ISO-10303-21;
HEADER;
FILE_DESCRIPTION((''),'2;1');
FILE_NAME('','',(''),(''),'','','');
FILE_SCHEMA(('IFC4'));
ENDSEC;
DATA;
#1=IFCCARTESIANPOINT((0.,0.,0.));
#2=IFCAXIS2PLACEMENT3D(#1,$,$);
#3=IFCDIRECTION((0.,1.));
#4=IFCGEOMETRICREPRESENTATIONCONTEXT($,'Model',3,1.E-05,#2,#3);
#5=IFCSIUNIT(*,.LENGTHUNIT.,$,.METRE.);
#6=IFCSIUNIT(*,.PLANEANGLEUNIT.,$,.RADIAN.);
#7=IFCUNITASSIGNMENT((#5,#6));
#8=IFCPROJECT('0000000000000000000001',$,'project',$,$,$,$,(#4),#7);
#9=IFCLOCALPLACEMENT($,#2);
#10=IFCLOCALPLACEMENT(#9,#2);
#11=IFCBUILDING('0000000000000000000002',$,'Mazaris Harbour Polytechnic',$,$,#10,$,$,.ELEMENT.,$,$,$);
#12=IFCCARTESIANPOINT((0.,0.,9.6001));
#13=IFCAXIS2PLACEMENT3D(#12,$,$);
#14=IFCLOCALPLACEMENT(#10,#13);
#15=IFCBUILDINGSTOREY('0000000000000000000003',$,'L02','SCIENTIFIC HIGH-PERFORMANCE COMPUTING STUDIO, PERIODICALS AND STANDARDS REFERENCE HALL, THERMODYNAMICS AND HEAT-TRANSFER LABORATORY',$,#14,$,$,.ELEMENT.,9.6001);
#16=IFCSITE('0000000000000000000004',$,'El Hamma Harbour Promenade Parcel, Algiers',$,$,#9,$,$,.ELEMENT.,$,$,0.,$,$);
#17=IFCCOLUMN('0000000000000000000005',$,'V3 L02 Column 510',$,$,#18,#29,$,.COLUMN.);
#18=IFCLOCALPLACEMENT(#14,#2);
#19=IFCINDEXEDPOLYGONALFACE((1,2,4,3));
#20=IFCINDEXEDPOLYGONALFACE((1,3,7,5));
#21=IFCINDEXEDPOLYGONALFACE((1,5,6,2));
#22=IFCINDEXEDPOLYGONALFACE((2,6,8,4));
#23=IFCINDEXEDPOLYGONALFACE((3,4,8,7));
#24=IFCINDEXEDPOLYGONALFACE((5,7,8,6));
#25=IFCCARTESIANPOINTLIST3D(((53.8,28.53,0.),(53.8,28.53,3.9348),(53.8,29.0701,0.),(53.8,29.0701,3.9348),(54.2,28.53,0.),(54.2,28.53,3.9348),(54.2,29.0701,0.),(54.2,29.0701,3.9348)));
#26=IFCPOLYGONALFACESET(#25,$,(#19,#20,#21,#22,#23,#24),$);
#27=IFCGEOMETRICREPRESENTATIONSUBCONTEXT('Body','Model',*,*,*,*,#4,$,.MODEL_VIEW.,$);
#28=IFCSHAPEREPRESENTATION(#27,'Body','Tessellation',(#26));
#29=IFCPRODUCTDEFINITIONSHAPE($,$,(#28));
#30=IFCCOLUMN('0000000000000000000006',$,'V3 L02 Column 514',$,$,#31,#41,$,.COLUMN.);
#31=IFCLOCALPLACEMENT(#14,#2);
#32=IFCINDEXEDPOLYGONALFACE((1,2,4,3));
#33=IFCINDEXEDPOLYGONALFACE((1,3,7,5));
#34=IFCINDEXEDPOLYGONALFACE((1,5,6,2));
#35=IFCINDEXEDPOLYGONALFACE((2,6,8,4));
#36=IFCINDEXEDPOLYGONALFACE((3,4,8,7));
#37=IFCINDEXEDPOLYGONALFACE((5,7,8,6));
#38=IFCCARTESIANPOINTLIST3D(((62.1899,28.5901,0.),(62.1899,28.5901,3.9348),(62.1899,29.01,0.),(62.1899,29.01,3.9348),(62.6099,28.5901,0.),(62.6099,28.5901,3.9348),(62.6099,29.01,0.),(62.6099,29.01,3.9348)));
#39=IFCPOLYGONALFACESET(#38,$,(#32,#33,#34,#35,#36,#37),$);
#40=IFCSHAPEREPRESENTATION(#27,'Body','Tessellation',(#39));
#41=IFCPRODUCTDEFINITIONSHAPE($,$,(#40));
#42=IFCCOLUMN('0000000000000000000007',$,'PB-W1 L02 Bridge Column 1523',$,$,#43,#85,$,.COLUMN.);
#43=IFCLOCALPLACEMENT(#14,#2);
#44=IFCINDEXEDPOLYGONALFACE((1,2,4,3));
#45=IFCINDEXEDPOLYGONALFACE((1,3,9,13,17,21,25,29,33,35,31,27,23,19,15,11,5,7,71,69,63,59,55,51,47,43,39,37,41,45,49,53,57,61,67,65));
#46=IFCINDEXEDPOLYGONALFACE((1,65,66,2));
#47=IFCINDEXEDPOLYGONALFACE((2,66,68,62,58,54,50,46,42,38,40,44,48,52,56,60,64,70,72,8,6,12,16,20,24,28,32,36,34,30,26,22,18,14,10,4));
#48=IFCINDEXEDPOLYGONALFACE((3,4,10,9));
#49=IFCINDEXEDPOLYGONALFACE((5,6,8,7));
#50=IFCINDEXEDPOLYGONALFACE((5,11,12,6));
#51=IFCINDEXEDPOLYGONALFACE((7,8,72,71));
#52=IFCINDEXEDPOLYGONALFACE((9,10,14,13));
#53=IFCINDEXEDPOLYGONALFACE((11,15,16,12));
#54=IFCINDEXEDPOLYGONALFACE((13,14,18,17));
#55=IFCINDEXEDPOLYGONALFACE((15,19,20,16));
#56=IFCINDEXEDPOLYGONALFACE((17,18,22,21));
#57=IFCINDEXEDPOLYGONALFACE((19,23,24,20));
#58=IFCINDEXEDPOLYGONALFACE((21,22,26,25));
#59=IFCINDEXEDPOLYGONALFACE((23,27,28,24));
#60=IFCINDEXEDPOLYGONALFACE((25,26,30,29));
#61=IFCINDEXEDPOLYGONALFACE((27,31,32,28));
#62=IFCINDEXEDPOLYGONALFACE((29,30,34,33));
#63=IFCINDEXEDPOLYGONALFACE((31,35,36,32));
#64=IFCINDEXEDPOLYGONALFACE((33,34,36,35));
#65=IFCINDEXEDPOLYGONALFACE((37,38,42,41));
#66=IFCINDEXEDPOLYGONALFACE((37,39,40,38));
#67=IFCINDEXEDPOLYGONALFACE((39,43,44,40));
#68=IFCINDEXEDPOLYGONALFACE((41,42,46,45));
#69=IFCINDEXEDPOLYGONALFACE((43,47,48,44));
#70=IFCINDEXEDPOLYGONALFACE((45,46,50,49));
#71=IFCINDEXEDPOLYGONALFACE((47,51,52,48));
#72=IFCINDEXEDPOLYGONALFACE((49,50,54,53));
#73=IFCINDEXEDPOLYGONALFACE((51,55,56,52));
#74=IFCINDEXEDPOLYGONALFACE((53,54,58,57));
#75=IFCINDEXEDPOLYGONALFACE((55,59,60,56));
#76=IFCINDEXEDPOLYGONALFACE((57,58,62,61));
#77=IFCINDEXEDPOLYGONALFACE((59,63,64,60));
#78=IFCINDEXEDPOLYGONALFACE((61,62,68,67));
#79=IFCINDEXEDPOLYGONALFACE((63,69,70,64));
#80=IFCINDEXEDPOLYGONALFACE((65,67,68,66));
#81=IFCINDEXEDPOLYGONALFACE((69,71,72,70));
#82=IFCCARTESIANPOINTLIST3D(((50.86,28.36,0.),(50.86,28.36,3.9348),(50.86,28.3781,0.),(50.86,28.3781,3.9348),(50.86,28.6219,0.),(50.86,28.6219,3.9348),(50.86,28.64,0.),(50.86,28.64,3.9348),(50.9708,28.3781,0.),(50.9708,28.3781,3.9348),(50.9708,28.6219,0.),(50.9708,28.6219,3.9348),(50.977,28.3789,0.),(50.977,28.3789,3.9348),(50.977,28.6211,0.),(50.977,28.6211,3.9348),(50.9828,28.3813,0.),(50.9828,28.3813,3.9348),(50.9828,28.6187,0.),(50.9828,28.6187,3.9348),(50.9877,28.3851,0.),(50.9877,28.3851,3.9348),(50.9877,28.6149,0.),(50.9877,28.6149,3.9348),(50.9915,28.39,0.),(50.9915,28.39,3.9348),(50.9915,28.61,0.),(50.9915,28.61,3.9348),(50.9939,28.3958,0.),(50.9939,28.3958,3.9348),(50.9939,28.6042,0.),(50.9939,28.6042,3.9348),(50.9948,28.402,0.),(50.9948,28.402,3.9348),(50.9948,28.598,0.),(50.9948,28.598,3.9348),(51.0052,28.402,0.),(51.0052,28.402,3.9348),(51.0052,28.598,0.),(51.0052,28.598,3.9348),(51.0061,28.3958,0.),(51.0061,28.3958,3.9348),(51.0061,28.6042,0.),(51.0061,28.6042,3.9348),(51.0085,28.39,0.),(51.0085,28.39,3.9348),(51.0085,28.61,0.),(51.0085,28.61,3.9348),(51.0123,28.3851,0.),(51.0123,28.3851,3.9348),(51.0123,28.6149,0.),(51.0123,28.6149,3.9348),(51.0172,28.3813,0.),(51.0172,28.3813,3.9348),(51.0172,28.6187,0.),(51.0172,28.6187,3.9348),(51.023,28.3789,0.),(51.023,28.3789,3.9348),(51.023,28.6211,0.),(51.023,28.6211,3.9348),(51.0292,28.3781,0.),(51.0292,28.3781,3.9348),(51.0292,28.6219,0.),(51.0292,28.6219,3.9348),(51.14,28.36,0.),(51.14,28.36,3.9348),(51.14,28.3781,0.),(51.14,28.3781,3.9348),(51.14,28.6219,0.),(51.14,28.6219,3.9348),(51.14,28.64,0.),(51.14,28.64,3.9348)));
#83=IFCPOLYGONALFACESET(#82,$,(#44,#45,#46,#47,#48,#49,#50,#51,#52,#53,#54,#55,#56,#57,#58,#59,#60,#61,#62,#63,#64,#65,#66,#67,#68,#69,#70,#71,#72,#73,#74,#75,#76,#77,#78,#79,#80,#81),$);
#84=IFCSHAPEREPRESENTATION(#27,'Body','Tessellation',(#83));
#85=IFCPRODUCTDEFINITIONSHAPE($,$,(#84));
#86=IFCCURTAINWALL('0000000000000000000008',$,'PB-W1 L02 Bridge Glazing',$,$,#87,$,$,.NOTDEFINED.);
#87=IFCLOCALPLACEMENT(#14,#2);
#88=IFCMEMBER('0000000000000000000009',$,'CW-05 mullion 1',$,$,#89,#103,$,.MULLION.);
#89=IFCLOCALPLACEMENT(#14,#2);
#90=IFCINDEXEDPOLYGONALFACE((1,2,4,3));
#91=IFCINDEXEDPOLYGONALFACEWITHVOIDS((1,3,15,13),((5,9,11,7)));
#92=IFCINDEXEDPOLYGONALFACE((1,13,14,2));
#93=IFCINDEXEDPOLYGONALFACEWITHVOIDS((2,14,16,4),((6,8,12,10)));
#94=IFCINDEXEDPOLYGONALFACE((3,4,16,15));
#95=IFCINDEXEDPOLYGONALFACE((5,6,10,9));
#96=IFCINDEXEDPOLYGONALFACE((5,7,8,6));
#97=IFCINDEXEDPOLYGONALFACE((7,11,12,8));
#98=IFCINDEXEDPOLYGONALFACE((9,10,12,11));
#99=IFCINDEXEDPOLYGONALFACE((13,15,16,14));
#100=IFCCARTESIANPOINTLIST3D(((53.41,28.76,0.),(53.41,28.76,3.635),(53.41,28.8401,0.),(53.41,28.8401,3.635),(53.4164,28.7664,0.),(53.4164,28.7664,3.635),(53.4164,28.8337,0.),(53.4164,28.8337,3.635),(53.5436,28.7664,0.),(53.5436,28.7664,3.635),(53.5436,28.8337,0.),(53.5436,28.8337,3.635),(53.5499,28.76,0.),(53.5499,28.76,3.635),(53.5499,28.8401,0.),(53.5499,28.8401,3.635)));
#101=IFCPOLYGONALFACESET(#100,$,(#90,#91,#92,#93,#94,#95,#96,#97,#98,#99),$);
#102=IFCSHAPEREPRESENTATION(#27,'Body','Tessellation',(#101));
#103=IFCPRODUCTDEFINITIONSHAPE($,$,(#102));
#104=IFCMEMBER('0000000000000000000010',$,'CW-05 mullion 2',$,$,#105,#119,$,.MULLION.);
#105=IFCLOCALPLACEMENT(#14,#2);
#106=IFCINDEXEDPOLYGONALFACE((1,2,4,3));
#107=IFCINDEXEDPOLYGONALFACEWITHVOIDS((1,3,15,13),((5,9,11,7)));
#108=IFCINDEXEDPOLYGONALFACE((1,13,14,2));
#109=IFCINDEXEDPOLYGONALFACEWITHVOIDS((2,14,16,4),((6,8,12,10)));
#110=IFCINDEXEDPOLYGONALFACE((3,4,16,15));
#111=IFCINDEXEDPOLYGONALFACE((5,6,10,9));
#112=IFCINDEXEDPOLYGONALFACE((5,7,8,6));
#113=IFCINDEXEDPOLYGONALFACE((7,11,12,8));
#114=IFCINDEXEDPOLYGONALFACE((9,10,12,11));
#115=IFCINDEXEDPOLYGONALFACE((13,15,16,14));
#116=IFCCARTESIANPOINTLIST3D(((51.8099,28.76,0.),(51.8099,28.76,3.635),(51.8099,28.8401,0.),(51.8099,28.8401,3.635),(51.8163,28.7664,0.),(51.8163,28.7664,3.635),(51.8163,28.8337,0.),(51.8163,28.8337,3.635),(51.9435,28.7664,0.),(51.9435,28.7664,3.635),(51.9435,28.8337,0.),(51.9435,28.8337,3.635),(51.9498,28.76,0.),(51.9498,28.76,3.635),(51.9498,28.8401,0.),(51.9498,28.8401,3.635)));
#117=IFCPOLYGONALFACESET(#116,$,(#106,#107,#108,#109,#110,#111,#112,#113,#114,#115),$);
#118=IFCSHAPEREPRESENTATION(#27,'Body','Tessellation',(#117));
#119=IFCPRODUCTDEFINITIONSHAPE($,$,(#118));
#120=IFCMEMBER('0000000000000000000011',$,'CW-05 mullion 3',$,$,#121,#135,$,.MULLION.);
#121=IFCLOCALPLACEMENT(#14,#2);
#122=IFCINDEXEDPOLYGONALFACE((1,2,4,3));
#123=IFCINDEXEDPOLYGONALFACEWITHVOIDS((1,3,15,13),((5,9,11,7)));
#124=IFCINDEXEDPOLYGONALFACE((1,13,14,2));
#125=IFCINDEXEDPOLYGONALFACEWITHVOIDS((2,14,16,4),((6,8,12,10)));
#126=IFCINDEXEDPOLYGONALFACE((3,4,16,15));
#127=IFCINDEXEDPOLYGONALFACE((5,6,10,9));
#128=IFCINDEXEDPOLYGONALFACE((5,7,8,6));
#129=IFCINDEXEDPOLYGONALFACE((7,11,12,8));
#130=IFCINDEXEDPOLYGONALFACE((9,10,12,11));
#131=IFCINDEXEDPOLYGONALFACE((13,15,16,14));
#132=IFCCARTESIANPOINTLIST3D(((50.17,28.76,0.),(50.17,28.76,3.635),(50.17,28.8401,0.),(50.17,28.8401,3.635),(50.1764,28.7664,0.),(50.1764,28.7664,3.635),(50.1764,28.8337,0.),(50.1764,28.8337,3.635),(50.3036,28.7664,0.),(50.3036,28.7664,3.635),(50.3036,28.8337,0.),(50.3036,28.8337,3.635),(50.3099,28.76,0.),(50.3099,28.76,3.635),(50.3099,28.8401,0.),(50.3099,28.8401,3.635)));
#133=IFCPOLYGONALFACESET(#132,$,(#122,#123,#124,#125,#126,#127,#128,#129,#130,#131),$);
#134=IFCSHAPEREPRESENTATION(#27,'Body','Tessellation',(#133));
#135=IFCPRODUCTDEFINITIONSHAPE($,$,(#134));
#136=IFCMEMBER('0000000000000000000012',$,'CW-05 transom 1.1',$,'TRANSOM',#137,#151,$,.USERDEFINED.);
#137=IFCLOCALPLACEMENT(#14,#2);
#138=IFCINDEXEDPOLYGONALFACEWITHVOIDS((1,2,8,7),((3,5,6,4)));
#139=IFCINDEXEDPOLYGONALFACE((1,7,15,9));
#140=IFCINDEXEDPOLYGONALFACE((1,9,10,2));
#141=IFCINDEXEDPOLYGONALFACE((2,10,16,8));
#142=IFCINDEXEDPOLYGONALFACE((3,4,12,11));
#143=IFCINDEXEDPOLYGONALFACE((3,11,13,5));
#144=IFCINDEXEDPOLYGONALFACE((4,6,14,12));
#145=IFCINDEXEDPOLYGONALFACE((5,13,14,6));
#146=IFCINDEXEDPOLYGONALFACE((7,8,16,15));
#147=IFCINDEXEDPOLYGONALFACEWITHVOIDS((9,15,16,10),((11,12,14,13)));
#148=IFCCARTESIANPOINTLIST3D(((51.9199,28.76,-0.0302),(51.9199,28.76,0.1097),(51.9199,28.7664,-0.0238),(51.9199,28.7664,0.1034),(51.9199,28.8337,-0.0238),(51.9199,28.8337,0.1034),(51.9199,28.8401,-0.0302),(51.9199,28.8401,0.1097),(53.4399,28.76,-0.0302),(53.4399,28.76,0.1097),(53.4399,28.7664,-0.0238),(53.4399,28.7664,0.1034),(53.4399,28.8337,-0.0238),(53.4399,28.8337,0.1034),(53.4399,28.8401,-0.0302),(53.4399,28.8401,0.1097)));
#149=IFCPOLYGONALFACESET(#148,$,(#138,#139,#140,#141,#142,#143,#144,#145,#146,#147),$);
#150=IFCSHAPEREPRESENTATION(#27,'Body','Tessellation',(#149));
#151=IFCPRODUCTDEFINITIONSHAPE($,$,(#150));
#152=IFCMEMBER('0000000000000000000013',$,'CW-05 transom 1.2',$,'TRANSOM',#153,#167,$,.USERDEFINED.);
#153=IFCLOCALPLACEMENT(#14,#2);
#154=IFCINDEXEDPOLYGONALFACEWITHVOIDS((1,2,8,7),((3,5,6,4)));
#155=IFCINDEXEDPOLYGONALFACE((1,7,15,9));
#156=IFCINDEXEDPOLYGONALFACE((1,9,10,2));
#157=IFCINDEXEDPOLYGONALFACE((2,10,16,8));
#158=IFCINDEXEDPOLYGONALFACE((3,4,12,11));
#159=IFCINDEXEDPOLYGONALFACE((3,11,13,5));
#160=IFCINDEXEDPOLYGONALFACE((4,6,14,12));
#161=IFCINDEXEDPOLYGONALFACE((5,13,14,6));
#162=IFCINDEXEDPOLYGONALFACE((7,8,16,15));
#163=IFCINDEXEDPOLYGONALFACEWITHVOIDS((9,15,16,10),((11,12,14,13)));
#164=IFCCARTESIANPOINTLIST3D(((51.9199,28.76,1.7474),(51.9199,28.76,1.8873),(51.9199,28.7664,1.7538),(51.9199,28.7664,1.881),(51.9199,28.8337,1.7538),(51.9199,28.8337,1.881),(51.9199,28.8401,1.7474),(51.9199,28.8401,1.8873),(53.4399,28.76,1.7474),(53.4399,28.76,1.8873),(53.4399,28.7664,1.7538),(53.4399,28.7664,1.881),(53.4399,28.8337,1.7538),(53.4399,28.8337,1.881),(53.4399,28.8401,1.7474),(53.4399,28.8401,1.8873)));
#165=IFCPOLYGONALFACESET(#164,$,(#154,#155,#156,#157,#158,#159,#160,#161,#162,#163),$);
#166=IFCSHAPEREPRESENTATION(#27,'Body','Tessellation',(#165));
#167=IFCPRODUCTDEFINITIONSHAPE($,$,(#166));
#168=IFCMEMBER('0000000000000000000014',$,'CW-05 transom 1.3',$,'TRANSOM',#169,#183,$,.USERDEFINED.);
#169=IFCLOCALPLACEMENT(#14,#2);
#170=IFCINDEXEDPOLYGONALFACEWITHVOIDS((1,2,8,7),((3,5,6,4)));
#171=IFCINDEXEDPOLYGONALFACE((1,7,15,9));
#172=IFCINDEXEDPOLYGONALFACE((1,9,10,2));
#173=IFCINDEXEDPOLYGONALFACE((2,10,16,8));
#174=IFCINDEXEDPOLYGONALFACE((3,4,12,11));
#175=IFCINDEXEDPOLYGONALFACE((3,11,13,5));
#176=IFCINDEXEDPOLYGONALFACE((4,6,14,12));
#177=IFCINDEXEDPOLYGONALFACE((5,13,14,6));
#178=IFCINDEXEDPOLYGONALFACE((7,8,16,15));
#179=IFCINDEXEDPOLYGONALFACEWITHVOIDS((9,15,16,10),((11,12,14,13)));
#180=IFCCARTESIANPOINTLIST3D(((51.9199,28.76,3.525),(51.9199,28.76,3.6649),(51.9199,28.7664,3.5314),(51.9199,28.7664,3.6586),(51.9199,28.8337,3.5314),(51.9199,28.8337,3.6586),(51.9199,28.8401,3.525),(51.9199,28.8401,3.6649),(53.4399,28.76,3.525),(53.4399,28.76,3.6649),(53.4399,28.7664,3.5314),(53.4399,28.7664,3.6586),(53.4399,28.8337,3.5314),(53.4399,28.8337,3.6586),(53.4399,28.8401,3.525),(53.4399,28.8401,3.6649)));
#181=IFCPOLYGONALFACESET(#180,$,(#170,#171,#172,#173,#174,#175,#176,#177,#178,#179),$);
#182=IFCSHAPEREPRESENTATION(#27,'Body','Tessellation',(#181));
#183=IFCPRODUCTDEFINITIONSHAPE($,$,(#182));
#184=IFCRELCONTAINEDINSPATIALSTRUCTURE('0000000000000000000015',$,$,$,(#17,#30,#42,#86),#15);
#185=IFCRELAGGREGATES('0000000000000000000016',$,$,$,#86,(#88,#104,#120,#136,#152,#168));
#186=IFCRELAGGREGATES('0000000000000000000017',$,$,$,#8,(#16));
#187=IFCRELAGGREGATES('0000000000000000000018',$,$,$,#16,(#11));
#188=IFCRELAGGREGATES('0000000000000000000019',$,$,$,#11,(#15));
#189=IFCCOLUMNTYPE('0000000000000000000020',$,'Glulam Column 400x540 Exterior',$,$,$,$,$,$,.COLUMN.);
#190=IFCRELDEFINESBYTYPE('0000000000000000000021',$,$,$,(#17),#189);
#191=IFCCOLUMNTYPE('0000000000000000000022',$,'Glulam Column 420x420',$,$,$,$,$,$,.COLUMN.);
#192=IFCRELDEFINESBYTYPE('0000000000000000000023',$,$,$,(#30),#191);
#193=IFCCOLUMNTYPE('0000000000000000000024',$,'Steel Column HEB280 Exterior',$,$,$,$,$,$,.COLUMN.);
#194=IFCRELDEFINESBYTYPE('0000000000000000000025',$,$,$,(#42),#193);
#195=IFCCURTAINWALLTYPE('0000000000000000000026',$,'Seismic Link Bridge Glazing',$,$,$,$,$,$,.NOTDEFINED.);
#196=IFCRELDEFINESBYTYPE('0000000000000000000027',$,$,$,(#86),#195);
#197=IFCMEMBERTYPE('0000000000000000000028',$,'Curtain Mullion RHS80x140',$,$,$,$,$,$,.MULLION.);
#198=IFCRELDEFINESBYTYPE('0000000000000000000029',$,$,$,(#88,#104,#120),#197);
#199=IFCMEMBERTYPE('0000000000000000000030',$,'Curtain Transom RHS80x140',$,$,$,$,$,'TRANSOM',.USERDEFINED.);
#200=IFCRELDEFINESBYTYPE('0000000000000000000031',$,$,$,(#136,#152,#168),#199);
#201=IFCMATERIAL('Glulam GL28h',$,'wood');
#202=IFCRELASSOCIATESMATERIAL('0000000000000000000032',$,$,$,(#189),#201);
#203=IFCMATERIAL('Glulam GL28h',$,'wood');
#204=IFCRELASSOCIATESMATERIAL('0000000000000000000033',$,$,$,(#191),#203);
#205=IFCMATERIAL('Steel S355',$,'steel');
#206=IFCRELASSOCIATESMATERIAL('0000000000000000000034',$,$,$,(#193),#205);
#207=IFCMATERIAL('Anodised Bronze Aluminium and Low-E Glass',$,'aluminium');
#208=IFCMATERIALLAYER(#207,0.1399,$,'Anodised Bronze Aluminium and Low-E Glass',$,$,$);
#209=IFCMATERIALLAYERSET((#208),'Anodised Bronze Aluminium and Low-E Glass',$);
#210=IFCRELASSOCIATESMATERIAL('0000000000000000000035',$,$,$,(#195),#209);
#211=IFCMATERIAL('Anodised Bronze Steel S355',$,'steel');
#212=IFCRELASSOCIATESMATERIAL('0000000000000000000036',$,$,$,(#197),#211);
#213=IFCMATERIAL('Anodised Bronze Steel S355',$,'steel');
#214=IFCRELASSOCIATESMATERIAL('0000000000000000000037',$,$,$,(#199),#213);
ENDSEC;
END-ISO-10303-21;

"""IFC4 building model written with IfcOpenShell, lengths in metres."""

from ifc_helpers import new_model, si_unit, direction, frame, origin, origin_2d, place, context, subcontext, project, spatial, rectangle, hollow_rectangle, i_section, extrude, material, layer, layer_set, material_profile, profile_set, type_object, element, aggregate, save


model = new_model("IFC4")

# Units and contexts
model_context = context("Model", 3, precision=1e-05, world=origin(), true_north=direction((0.0, 1.0)))
body_context = subcontext(model_context, "Body", "Model", "MODEL_VIEW")
ifc_project = project(units=[si_unit("LENGTHUNIT", "METRE"), si_unit("PLANEANGLEUNIT", "RADIAN")], contexts=[model_context])

# Site, building, storey
site_placement = place(None, origin())
site = spatial("IfcSite", under=ifc_project, at=site_placement, Name="El Hamma Harbour Promenade Parcel, Algiers", CompositionType="ELEMENT", RefElevation=0.0)
building_placement = place(site_placement, origin())
building = spatial("IfcBuilding", under=site, at=building_placement, Name="Mazaris Harbour Polytechnic", CompositionType="ELEMENT")
storey_placement = place(building_placement, frame((0.0, 0.0, 9.6001)))
storey = spatial("IfcBuildingStorey", under=building, at=storey_placement, Name="L02", Description="SCIENTIFIC HIGH-PERFORMANCE COMPUTING STUDIO, PERIODICALS AND STANDARDS REFERENCE HALL, THERMODYNAMICS AND HEAT-TRANSFER LABORATORY", CompositionType="ELEMENT", Elevation=9.6001)

# Columns
ifc_material_1 = material(Name="Glulam GL28h", Category="wood")
ifc_material_profile_1 = material_profile(ifc_material_1, rectangle(XDim=0.3999, YDim=0.54, at=origin_2d()), Name="RECT400x540")
ifc_profile_set_1 = profile_set([ifc_material_profile_1], Name="Glulam GL28h")
column_type_1 = type_object("IfcColumnType", Name="Glulam Column 400x540 Exterior", PredefinedType="COLUMN", material=ifc_profile_set_1)
column_1_placement = place(storey_placement, frame((54.0, 28.8, 0.0), z_axis=(0.0, 0.0, 1.0), x_axis=(1.0, 0.0, 0.0)))
element("IfcColumn", 1, at=column_1_placement, inside=storey, type_object=column_type_1, Name="V3 L02 Column 510", PredefinedType="COLUMN", context=body_context, shape_type="SweptSolid", body=[
    extrude(rectangle(XDim=0.3999, YDim=0.54, at=origin_2d()), origin(), (0.0, 0.0, 1.0), 3.9348),
])
ifc_material_2 = material(Name="Glulam GL28h", Category="wood")
ifc_material_profile_2 = material_profile(ifc_material_2, rectangle(XDim=0.4199, YDim=0.4199, at=origin_2d()), Name="RECT420x420")
ifc_profile_set_2 = profile_set([ifc_material_profile_2], Name="Glulam GL28h")
column_type_2 = type_object("IfcColumnType", Name="Glulam Column 420x420", PredefinedType="COLUMN", material=ifc_profile_set_2)
column_2_placement = place(storey_placement, frame((62.3999, 28.8, 0.0), z_axis=(0.0, 0.0, 1.0), x_axis=(1.0, 0.0, 0.0)))
element("IfcColumn", 2, at=column_2_placement, inside=storey, type_object=column_type_2, Name="V3 L02 Column 514", PredefinedType="COLUMN", context=body_context, shape_type="SweptSolid", body=[
    extrude(rectangle(XDim=0.4199, YDim=0.4199, at=origin_2d()), origin(), (0.0, 0.0, 1.0), 3.9348),
])
ifc_material_3 = material(Name="Steel S355", Category="steel")
ifc_material_profile_3 = material_profile(ifc_material_3, i_section(OverallWidth=0.28, OverallDepth=0.28, WebThickness=0.0105, FlangeThickness=0.0181, FilletRadius=0.0239, at=origin_2d()), Name="HEB 280")
ifc_profile_set_3 = profile_set([ifc_material_profile_3], Name="Steel S355")
column_type_3 = type_object("IfcColumnType", Name="Steel Column HEB280 Exterior", PredefinedType="COLUMN", material=ifc_profile_set_3)
column_3_placement = place(storey_placement, frame((51.0, 28.5, 0.0), z_axis=(0.0, 0.0, 1.0), x_axis=(1.0, 0.0, 0.0)))
element("IfcColumn", 3, at=column_3_placement, inside=storey, type_object=column_type_3, Name="PB-W1 L02 Bridge Column 1523", PredefinedType="COLUMN", context=body_context, shape_type="SweptSolid", body=[
    extrude(i_section(OverallWidth=0.28, OverallDepth=0.28, WebThickness=0.0105, FlangeThickness=0.0181, FilletRadius=0.0239, at=origin_2d()), origin(), (0.0, 0.0, 1.0), 3.9348),
])

# Curtain wall, members
ifc_material_4 = material(Name="Anodised Bronze Aluminium and Low-E Glass", Category="aluminium")
ifc_layer_1 = layer(ifc_material_4, 0.1399, Name="Anodised Bronze Aluminium and Low-E Glass")
ifc_layer_set_1 = layer_set([ifc_layer_1], Name="Anodised Bronze Aluminium and Low-E Glass")
curtain_wall_type = type_object("IfcCurtainWallType", Name="Seismic Link Bridge Glazing", PredefinedType="NOTDEFINED", material=ifc_layer_set_1)
curtain_wall_placement = place(storey_placement, origin())
curtain_wall = element("IfcCurtainWall", 4, at=curtain_wall_placement, inside=storey, type_object=curtain_wall_type, Name="PB-W1 L02 Bridge Glazing", PredefinedType="NOTDEFINED")
ifc_material_5 = material(Name="Anodised Bronze Steel S355", Category="steel")
ifc_material_profile_4 = material_profile(ifc_material_5, hollow_rectangle(XDim=0.0801, YDim=0.1399, WallThickness=0.0063, at=origin_2d()), Name="RHS 80x140x6.3")
ifc_profile_set_4 = profile_set([ifc_material_profile_4], Name="Anodised Bronze Steel S355")
member_type_1 = type_object("IfcMemberType", Name="Curtain Mullion RHS80x140", PredefinedType="MULLION", material=ifc_profile_set_4)
member_1_placement = place(storey_placement, frame((53.48, 28.8, 0.0), z_axis=(0.0, 0.0, 1.0), x_axis=(0.0, -1.0, 0.0)))
member_1 = element("IfcMember", 5, at=member_1_placement, type_object=member_type_1, Name="CW-05 mullion 1", PredefinedType="MULLION", context=body_context, shape_type="SweptSolid", body=[
    extrude(hollow_rectangle(XDim=0.0801, YDim=0.1399, WallThickness=0.0063, at=origin_2d()), origin(), (0.0, 0.0, 1.0), 3.635),
])
member_2_placement = place(storey_placement, frame((51.8799, 28.8, 0.0), z_axis=(0.0, 0.0, 1.0), x_axis=(0.0, -1.0, 0.0)))
member_2 = element("IfcMember", 6, at=member_2_placement, type_object=member_type_1, Name="CW-05 mullion 2", PredefinedType="MULLION", context=body_context, shape_type="SweptSolid", body=[
    extrude(hollow_rectangle(XDim=0.0801, YDim=0.1399, WallThickness=0.0063, at=origin_2d()), origin(), (0.0, 0.0, 1.0), 3.635),
])
member_3_placement = place(storey_placement, frame((50.24, 28.8, 0.0), z_axis=(0.0, 0.0, 1.0), x_axis=(0.0, -1.0, 0.0)))
member_3 = element("IfcMember", 7, at=member_3_placement, type_object=member_type_1, Name="CW-05 mullion 3", PredefinedType="MULLION", context=body_context, shape_type="SweptSolid", body=[
    extrude(hollow_rectangle(XDim=0.0801, YDim=0.1399, WallThickness=0.0063, at=origin_2d()), origin(), (0.0, 0.0, 1.0), 3.635),
])
ifc_material_6 = material(Name="Anodised Bronze Steel S355", Category="steel")
ifc_material_profile_5 = material_profile(ifc_material_6, hollow_rectangle(XDim=0.0801, YDim=0.1399, WallThickness=0.0063, at=origin_2d()), Name="RHS 80x140x6.3")
ifc_profile_set_5 = profile_set([ifc_material_profile_5], Name="Anodised Bronze Steel S355")
member_type_2 = type_object("IfcMemberType", Name="Curtain Transom RHS80x140", ElementType="TRANSOM", PredefinedType="USERDEFINED", material=ifc_profile_set_5)
member_4_placement = place(storey_placement, frame((53.4399, 28.8, 0.0398), z_axis=(-1.0, 0.0, 0.0), x_axis=(0.0, -1.0, 0.0)))
member_4 = element("IfcMember", 8, at=member_4_placement, type_object=member_type_2, Name="CW-05 transom 1.1", ObjectType="TRANSOM", PredefinedType="USERDEFINED", context=body_context, shape_type="SweptSolid", body=[
    extrude(hollow_rectangle(XDim=0.0801, YDim=0.1399, WallThickness=0.0063, at=origin_2d()), origin(), (0.0, 0.0, 1.0), 1.52),
])
member_5_placement = place(storey_placement, frame((53.4399, 28.8, 1.8174), z_axis=(-1.0, 0.0, 0.0), x_axis=(0.0, -1.0, 0.0)))
member_5 = element("IfcMember", 9, at=member_5_placement, type_object=member_type_2, Name="CW-05 transom 1.2", ObjectType="TRANSOM", PredefinedType="USERDEFINED", context=body_context, shape_type="SweptSolid", body=[
    extrude(hollow_rectangle(XDim=0.0801, YDim=0.1399, WallThickness=0.0063, at=origin_2d()), origin(), (0.0, 0.0, 1.0), 1.52),
])
member_6_placement = place(storey_placement, frame((53.4399, 28.8, 3.595), z_axis=(-1.0, 0.0, 0.0), x_axis=(0.0, -1.0, 0.0)))
member_6 = element("IfcMember", 10, at=member_6_placement, type_object=member_type_2, Name="CW-05 transom 1.3", ObjectType="TRANSOM", PredefinedType="USERDEFINED", context=body_context, shape_type="SweptSolid", body=[
    extrude(hollow_rectangle(XDim=0.0801, YDim=0.1399, WallThickness=0.0063, at=origin_2d()), origin(), (0.0, 0.0, 1.0), 1.52),
])

aggregate(curtain_wall, [member_1, member_2, member_3, member_4, member_5, member_6])

save(model, "model.ifc")
